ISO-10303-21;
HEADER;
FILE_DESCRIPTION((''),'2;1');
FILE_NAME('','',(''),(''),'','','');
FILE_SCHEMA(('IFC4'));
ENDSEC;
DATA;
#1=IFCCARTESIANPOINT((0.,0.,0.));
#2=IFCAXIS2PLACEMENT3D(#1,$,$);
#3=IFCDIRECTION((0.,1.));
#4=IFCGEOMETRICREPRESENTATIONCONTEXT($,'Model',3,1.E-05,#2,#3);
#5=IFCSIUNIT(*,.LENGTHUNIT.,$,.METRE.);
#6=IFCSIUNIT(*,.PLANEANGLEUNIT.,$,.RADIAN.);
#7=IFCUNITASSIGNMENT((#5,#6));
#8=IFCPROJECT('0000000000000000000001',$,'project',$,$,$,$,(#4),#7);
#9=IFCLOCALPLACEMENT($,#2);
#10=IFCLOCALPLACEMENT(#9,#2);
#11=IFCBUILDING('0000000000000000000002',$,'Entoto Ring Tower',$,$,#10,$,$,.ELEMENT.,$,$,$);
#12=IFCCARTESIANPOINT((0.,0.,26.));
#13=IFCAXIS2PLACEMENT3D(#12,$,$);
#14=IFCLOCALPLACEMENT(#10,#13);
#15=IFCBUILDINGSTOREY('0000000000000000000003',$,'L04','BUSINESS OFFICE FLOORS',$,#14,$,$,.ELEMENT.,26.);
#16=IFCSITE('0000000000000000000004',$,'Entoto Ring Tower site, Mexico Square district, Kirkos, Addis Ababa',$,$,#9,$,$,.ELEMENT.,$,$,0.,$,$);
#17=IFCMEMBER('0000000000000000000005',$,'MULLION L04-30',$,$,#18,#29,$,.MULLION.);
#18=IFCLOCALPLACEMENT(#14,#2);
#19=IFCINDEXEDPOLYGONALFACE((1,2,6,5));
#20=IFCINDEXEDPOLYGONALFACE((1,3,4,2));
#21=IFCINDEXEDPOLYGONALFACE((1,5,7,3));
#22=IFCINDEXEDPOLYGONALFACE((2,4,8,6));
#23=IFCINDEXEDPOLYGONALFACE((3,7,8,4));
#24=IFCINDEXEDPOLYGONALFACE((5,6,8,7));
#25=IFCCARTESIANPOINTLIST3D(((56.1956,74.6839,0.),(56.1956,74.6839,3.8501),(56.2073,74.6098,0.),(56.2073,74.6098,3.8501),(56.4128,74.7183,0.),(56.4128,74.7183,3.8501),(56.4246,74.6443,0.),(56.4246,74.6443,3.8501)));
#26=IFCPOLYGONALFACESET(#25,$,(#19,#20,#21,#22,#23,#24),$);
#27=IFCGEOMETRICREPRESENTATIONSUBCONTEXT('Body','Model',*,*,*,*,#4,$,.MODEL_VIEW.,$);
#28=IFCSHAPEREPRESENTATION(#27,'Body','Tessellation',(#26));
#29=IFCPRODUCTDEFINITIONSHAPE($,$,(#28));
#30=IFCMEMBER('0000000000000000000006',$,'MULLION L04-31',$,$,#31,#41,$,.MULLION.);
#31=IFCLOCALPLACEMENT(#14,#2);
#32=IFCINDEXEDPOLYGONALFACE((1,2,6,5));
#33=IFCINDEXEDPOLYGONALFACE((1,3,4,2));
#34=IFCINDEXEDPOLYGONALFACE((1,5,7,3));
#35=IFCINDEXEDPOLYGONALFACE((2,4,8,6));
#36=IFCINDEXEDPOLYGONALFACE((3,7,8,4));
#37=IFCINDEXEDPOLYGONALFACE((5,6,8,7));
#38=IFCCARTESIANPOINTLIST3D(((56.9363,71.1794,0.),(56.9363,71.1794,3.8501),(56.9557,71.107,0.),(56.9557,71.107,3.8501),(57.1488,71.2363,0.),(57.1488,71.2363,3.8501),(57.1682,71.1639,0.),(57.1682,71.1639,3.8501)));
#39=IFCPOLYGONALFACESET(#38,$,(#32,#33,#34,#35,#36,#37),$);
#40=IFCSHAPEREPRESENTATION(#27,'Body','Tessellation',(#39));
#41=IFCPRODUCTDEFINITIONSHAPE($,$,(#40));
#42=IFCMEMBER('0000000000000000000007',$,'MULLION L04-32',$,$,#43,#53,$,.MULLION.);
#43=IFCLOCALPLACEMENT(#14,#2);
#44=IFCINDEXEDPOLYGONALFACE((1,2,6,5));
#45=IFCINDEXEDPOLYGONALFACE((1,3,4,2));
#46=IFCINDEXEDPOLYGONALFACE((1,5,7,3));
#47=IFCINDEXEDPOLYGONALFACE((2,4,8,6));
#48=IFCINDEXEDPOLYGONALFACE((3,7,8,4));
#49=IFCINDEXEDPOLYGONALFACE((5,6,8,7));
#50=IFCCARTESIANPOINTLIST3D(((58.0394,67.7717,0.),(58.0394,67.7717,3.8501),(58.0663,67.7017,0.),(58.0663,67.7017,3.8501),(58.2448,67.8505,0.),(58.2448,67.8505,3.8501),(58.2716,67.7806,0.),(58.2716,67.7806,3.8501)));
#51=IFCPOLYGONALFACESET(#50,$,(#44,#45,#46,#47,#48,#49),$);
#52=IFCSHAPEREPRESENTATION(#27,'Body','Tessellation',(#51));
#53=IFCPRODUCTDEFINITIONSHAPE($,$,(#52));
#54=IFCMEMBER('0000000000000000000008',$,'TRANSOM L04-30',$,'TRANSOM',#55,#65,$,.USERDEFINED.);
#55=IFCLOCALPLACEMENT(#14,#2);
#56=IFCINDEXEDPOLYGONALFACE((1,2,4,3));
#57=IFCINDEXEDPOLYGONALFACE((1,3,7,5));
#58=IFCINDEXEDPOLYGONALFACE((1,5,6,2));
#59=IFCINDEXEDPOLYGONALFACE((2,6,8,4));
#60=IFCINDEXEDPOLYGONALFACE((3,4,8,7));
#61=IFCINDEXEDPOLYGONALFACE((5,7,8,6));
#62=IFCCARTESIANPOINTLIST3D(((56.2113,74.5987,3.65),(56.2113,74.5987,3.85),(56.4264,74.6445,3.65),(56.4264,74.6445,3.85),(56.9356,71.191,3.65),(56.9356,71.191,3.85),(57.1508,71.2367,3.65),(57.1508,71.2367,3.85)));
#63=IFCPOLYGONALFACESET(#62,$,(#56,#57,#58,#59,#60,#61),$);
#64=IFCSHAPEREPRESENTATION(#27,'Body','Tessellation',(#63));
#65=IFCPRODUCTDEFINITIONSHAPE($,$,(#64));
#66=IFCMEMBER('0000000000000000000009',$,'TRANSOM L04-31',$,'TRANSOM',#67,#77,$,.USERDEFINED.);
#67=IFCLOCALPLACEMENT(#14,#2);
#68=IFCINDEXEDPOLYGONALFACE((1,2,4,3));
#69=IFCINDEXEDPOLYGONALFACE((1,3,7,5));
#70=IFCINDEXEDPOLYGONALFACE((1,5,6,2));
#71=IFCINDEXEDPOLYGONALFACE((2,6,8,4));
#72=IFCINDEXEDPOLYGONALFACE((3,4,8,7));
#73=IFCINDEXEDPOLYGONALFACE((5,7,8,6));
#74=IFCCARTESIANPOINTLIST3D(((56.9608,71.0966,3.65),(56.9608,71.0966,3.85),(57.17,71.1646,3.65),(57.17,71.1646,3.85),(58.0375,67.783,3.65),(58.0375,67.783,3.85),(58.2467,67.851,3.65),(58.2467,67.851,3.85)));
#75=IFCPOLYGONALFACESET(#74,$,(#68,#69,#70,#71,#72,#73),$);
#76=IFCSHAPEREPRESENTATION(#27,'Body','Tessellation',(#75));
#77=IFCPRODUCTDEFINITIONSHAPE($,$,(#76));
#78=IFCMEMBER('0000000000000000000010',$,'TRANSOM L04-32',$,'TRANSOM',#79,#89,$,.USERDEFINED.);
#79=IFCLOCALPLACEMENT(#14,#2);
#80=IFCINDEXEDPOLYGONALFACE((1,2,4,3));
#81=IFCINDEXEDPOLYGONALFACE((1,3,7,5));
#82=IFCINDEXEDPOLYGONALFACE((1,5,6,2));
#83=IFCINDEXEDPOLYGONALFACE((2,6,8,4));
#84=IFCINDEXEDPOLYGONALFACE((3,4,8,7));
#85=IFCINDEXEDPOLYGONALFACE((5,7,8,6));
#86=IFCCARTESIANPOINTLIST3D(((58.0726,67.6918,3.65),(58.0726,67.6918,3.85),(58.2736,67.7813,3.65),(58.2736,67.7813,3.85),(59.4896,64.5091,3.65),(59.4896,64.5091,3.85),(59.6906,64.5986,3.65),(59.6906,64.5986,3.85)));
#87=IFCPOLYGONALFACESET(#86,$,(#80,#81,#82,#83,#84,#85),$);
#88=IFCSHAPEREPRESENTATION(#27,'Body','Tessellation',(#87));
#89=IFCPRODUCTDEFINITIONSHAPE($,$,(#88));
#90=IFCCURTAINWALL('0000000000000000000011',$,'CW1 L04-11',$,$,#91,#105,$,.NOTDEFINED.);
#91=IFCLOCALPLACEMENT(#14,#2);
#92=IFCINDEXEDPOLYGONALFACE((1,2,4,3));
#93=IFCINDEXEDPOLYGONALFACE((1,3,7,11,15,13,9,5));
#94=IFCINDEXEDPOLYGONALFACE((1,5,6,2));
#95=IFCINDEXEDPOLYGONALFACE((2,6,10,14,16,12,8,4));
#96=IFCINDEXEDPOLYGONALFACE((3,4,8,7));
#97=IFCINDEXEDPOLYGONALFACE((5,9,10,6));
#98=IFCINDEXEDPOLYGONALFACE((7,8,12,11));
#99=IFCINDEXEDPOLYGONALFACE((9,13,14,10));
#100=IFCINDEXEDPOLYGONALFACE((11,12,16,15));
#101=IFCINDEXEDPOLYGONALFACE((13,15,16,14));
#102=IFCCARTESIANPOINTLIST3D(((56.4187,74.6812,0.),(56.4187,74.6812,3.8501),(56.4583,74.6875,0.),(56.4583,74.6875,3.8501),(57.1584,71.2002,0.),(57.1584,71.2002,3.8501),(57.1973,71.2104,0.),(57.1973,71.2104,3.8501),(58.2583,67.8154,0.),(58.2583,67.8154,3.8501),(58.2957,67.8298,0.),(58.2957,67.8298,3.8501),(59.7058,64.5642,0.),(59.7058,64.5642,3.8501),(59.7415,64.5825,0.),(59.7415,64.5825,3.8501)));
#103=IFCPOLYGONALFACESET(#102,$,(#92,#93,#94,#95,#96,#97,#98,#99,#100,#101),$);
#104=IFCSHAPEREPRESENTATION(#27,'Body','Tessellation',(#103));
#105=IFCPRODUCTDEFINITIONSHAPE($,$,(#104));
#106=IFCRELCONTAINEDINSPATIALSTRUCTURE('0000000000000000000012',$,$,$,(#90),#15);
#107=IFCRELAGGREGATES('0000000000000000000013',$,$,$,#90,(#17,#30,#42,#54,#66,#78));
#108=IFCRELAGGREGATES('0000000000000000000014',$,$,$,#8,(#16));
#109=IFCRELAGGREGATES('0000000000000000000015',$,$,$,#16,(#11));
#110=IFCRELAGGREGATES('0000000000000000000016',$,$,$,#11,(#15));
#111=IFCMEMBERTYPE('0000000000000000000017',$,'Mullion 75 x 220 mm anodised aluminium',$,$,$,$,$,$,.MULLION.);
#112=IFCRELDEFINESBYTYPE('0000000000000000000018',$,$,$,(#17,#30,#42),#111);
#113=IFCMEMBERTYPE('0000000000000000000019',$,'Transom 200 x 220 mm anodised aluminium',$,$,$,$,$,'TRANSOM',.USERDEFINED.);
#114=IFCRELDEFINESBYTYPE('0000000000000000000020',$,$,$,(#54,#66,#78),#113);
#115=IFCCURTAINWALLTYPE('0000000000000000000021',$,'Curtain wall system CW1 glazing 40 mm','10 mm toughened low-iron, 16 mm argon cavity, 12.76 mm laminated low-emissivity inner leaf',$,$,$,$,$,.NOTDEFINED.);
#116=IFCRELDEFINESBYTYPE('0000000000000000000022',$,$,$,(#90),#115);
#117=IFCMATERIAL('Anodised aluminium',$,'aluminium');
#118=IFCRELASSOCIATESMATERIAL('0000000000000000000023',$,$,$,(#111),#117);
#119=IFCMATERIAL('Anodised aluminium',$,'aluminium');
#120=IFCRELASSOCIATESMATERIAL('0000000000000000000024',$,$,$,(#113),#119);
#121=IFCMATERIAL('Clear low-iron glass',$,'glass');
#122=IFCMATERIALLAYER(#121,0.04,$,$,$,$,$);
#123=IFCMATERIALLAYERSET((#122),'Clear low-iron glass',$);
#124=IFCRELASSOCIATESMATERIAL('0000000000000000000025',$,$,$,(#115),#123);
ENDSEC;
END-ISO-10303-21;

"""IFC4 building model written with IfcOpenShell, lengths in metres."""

from ifc_helpers import new_model, si_unit, direction, frame, origin, origin_2d, place, context, subcontext, project, spatial, polyline, rectangle, outline, extrude, material, layer, layer_set, material_profile, profile_set, type_object, element, aggregate, save


model = new_model("IFC4")

# Units and contexts
model_context = context("Model", 3, precision=1e-05, world=origin(), true_north=direction((0.0, 1.0)))
body_context = subcontext(model_context, "Body", "Model", "MODEL_VIEW")
ifc_project = project(units=[si_unit("LENGTHUNIT", "METRE"), si_unit("PLANEANGLEUNIT", "RADIAN")], contexts=[model_context])

# Members
ifc_material_1 = material(Name="Anodised aluminium", Category="aluminium")
ifc_material_profile_1 = material_profile(ifc_material_1, rectangle(XDim=0.075, YDim=0.22, at=origin_2d()), Name="Mullion 75 x 220 mm anodised aluminium")
ifc_profile_set_1 = profile_set([ifc_material_profile_1], Name="Anodised aluminium")
member_type_1 = type_object("IfcMemberType", Name="Mullion 75 x 220 mm anodised aluminium", PredefinedType="MULLION", material=ifc_profile_set_1)
site_placement = place(None, origin())
building_placement = place(site_placement, origin())
storey_placement = place(building_placement, frame((0.0, 0.0, 26.0)))
member_1_placement = place(storey_placement, frame((56.3101, 74.6641, 0.0), z_axis=(0.0, 0.0, 1.0), x_axis=(0.156434, -0.987688, 0.0)))
member_1 = element("IfcMember", 1, at=member_1_placement, type_object=member_type_1, Name="MULLION L04-30", PredefinedType="MULLION", context=body_context, shape_type="SweptSolid", body=[
    extrude(rectangle(XDim=0.075, YDim=0.22, at=origin_2d()), origin(), (0.0, 0.0, 1.0), 3.8501),
])
member_2_placement = place(storey_placement, frame((57.0522, 71.1716, 0.0), z_axis=(0.0, 0.0, 1.0), x_axis=(0.258819, -0.965926, 0.0)))
member_2 = element("IfcMember", 2, at=member_2_placement, type_object=member_type_1, Name="MULLION L04-31", PredefinedType="MULLION", context=body_context, shape_type="SweptSolid", body=[
    extrude(rectangle(XDim=0.075, YDim=0.22, at=origin_2d()), origin(), (0.0, 0.0, 1.0), 3.8501),
])
member_3_placement = place(storey_placement, frame((58.1555, 67.7761, 0.0), z_axis=(0.0, 0.0, 1.0), x_axis=(0.358368, -0.93358, 0.0)))
member_3 = element("IfcMember", 3, at=member_3_placement, type_object=member_type_1, Name="MULLION L04-32", PredefinedType="MULLION", context=body_context, shape_type="SweptSolid", body=[
    extrude(rectangle(XDim=0.075, YDim=0.22, at=origin_2d()), origin(), (0.0, 0.0, 1.0), 3.8501),
])
ifc_material_2 = material(Name="Anodised aluminium", Category="aluminium")
ifc_material_profile_2 = material_profile(ifc_material_2, rectangle(XDim=0.22, YDim=0.2, at=origin_2d()), Name="Transom 200 x 220 mm anodised aluminium")
ifc_profile_set_2 = profile_set([ifc_material_profile_2], Name="Anodised aluminium")
member_type_2 = type_object("IfcMemberType", Name="Transom 200 x 220 mm anodised aluminium", ElementType="TRANSOM", PredefinedType="USERDEFINED", material=ifc_profile_set_2)
member_4_placement = place(storey_placement, frame((56.3188, 74.6216, 3.75), z_axis=(0.207921, -0.978146, 0.0), x_axis=(0.978146, 0.207921, 0.0)))
member_4 = element("IfcMember", 4, at=member_4_placement, type_object=member_type_2, Name="TRANSOM L04-30", ObjectType="TRANSOM", PredefinedType="USERDEFINED", context=body_context, shape_type="SweptSolid", body=[
    extrude(rectangle(XDim=0.22, YDim=0.2, at=origin_2d()), origin(), (0.0, 0.0, 1.0), 3.4839),
])
member_5_placement = place(storey_placement, frame((57.0654, 71.1306, 3.75), z_axis=(0.309029, -0.951053, 0.0), x_axis=(0.951053, 0.309029, 0.0)))
member_5 = element("IfcMember", 5, at=member_5_placement, type_object=member_type_2, Name="TRANSOM L04-31", ObjectType="TRANSOM", PredefinedType="USERDEFINED", context=body_context, shape_type="SweptSolid", body=[
    extrude(rectangle(XDim=0.22, YDim=0.2, at=origin_2d()), origin(), (0.0, 0.0, 1.0), 3.4841),
])
member_6_placement = place(storey_placement, frame((58.1731, 67.7366, 3.75), z_axis=(0.406737, -0.913545, 0.0), x_axis=(0.913545, 0.406737, 0.0)))
member_6 = element("IfcMember", 6, at=member_6_placement, type_object=member_type_2, Name="TRANSOM L04-32", ObjectType="TRANSOM", PredefinedType="USERDEFINED", context=body_context, shape_type="SweptSolid", body=[
    extrude(rectangle(XDim=0.22, YDim=0.2, at=origin_2d()), origin(), (0.0, 0.0, 1.0), 3.4839),
])

# Site, building, storey
site = spatial("IfcSite", under=ifc_project, at=site_placement, Name="Entoto Ring Tower site, Mexico Square district, Kirkos, Addis Ababa", CompositionType="ELEMENT", RefElevation=0.0)
building = spatial("IfcBuilding", under=site, at=building_placement, Name="Entoto Ring Tower", CompositionType="ELEMENT")
storey = spatial("IfcBuildingStorey", under=building, at=storey_placement, Name="L04", Description="BUSINESS OFFICE FLOORS", CompositionType="ELEMENT", Elevation=26.0)

# Curtain wall
ifc_material_3 = material(Name="Clear low-iron glass", Category="glass")
ifc_layer = layer(ifc_material_3, 0.04)
ifc_layer_set = layer_set([ifc_layer], Name="Clear low-iron glass")
curtain_wall_type = type_object("IfcCurtainWallType", Name="Curtain wall system CW1 glazing 40 mm", Description="10 mm toughened low-iron, 16 mm argon cavity, 12.76 mm laminated low-emissivity inner leaf", PredefinedType="NOTDEFINED", material=ifc_layer_set)
curtain_wall_1_placement = place(storey_placement, origin())
curtain_wall_1 = element("IfcCurtainWall", 7, at=curtain_wall_1_placement, inside=storey, type_object=curtain_wall_type, Name="CW1 L04-11", PredefinedType="NOTDEFINED", context=body_context, shape_type="SweptSolid", body=[
    extrude(outline(polyline([(56.4187, 74.6812), (57.1584, 71.2002), (58.2583, 67.8154), (59.7058, 64.5642), (59.7415, 64.5825), (58.2957, 67.8298), (57.1973, 71.2104), (56.4583, 74.6875), (56.4187, 74.6812)])), origin(), (0.0, 0.0, 1.0), 3.8501),
])
aggregate(curtain_wall_1, [member_1, member_2, member_3, member_4, member_5, member_6])

save(model, "model.ifc")
